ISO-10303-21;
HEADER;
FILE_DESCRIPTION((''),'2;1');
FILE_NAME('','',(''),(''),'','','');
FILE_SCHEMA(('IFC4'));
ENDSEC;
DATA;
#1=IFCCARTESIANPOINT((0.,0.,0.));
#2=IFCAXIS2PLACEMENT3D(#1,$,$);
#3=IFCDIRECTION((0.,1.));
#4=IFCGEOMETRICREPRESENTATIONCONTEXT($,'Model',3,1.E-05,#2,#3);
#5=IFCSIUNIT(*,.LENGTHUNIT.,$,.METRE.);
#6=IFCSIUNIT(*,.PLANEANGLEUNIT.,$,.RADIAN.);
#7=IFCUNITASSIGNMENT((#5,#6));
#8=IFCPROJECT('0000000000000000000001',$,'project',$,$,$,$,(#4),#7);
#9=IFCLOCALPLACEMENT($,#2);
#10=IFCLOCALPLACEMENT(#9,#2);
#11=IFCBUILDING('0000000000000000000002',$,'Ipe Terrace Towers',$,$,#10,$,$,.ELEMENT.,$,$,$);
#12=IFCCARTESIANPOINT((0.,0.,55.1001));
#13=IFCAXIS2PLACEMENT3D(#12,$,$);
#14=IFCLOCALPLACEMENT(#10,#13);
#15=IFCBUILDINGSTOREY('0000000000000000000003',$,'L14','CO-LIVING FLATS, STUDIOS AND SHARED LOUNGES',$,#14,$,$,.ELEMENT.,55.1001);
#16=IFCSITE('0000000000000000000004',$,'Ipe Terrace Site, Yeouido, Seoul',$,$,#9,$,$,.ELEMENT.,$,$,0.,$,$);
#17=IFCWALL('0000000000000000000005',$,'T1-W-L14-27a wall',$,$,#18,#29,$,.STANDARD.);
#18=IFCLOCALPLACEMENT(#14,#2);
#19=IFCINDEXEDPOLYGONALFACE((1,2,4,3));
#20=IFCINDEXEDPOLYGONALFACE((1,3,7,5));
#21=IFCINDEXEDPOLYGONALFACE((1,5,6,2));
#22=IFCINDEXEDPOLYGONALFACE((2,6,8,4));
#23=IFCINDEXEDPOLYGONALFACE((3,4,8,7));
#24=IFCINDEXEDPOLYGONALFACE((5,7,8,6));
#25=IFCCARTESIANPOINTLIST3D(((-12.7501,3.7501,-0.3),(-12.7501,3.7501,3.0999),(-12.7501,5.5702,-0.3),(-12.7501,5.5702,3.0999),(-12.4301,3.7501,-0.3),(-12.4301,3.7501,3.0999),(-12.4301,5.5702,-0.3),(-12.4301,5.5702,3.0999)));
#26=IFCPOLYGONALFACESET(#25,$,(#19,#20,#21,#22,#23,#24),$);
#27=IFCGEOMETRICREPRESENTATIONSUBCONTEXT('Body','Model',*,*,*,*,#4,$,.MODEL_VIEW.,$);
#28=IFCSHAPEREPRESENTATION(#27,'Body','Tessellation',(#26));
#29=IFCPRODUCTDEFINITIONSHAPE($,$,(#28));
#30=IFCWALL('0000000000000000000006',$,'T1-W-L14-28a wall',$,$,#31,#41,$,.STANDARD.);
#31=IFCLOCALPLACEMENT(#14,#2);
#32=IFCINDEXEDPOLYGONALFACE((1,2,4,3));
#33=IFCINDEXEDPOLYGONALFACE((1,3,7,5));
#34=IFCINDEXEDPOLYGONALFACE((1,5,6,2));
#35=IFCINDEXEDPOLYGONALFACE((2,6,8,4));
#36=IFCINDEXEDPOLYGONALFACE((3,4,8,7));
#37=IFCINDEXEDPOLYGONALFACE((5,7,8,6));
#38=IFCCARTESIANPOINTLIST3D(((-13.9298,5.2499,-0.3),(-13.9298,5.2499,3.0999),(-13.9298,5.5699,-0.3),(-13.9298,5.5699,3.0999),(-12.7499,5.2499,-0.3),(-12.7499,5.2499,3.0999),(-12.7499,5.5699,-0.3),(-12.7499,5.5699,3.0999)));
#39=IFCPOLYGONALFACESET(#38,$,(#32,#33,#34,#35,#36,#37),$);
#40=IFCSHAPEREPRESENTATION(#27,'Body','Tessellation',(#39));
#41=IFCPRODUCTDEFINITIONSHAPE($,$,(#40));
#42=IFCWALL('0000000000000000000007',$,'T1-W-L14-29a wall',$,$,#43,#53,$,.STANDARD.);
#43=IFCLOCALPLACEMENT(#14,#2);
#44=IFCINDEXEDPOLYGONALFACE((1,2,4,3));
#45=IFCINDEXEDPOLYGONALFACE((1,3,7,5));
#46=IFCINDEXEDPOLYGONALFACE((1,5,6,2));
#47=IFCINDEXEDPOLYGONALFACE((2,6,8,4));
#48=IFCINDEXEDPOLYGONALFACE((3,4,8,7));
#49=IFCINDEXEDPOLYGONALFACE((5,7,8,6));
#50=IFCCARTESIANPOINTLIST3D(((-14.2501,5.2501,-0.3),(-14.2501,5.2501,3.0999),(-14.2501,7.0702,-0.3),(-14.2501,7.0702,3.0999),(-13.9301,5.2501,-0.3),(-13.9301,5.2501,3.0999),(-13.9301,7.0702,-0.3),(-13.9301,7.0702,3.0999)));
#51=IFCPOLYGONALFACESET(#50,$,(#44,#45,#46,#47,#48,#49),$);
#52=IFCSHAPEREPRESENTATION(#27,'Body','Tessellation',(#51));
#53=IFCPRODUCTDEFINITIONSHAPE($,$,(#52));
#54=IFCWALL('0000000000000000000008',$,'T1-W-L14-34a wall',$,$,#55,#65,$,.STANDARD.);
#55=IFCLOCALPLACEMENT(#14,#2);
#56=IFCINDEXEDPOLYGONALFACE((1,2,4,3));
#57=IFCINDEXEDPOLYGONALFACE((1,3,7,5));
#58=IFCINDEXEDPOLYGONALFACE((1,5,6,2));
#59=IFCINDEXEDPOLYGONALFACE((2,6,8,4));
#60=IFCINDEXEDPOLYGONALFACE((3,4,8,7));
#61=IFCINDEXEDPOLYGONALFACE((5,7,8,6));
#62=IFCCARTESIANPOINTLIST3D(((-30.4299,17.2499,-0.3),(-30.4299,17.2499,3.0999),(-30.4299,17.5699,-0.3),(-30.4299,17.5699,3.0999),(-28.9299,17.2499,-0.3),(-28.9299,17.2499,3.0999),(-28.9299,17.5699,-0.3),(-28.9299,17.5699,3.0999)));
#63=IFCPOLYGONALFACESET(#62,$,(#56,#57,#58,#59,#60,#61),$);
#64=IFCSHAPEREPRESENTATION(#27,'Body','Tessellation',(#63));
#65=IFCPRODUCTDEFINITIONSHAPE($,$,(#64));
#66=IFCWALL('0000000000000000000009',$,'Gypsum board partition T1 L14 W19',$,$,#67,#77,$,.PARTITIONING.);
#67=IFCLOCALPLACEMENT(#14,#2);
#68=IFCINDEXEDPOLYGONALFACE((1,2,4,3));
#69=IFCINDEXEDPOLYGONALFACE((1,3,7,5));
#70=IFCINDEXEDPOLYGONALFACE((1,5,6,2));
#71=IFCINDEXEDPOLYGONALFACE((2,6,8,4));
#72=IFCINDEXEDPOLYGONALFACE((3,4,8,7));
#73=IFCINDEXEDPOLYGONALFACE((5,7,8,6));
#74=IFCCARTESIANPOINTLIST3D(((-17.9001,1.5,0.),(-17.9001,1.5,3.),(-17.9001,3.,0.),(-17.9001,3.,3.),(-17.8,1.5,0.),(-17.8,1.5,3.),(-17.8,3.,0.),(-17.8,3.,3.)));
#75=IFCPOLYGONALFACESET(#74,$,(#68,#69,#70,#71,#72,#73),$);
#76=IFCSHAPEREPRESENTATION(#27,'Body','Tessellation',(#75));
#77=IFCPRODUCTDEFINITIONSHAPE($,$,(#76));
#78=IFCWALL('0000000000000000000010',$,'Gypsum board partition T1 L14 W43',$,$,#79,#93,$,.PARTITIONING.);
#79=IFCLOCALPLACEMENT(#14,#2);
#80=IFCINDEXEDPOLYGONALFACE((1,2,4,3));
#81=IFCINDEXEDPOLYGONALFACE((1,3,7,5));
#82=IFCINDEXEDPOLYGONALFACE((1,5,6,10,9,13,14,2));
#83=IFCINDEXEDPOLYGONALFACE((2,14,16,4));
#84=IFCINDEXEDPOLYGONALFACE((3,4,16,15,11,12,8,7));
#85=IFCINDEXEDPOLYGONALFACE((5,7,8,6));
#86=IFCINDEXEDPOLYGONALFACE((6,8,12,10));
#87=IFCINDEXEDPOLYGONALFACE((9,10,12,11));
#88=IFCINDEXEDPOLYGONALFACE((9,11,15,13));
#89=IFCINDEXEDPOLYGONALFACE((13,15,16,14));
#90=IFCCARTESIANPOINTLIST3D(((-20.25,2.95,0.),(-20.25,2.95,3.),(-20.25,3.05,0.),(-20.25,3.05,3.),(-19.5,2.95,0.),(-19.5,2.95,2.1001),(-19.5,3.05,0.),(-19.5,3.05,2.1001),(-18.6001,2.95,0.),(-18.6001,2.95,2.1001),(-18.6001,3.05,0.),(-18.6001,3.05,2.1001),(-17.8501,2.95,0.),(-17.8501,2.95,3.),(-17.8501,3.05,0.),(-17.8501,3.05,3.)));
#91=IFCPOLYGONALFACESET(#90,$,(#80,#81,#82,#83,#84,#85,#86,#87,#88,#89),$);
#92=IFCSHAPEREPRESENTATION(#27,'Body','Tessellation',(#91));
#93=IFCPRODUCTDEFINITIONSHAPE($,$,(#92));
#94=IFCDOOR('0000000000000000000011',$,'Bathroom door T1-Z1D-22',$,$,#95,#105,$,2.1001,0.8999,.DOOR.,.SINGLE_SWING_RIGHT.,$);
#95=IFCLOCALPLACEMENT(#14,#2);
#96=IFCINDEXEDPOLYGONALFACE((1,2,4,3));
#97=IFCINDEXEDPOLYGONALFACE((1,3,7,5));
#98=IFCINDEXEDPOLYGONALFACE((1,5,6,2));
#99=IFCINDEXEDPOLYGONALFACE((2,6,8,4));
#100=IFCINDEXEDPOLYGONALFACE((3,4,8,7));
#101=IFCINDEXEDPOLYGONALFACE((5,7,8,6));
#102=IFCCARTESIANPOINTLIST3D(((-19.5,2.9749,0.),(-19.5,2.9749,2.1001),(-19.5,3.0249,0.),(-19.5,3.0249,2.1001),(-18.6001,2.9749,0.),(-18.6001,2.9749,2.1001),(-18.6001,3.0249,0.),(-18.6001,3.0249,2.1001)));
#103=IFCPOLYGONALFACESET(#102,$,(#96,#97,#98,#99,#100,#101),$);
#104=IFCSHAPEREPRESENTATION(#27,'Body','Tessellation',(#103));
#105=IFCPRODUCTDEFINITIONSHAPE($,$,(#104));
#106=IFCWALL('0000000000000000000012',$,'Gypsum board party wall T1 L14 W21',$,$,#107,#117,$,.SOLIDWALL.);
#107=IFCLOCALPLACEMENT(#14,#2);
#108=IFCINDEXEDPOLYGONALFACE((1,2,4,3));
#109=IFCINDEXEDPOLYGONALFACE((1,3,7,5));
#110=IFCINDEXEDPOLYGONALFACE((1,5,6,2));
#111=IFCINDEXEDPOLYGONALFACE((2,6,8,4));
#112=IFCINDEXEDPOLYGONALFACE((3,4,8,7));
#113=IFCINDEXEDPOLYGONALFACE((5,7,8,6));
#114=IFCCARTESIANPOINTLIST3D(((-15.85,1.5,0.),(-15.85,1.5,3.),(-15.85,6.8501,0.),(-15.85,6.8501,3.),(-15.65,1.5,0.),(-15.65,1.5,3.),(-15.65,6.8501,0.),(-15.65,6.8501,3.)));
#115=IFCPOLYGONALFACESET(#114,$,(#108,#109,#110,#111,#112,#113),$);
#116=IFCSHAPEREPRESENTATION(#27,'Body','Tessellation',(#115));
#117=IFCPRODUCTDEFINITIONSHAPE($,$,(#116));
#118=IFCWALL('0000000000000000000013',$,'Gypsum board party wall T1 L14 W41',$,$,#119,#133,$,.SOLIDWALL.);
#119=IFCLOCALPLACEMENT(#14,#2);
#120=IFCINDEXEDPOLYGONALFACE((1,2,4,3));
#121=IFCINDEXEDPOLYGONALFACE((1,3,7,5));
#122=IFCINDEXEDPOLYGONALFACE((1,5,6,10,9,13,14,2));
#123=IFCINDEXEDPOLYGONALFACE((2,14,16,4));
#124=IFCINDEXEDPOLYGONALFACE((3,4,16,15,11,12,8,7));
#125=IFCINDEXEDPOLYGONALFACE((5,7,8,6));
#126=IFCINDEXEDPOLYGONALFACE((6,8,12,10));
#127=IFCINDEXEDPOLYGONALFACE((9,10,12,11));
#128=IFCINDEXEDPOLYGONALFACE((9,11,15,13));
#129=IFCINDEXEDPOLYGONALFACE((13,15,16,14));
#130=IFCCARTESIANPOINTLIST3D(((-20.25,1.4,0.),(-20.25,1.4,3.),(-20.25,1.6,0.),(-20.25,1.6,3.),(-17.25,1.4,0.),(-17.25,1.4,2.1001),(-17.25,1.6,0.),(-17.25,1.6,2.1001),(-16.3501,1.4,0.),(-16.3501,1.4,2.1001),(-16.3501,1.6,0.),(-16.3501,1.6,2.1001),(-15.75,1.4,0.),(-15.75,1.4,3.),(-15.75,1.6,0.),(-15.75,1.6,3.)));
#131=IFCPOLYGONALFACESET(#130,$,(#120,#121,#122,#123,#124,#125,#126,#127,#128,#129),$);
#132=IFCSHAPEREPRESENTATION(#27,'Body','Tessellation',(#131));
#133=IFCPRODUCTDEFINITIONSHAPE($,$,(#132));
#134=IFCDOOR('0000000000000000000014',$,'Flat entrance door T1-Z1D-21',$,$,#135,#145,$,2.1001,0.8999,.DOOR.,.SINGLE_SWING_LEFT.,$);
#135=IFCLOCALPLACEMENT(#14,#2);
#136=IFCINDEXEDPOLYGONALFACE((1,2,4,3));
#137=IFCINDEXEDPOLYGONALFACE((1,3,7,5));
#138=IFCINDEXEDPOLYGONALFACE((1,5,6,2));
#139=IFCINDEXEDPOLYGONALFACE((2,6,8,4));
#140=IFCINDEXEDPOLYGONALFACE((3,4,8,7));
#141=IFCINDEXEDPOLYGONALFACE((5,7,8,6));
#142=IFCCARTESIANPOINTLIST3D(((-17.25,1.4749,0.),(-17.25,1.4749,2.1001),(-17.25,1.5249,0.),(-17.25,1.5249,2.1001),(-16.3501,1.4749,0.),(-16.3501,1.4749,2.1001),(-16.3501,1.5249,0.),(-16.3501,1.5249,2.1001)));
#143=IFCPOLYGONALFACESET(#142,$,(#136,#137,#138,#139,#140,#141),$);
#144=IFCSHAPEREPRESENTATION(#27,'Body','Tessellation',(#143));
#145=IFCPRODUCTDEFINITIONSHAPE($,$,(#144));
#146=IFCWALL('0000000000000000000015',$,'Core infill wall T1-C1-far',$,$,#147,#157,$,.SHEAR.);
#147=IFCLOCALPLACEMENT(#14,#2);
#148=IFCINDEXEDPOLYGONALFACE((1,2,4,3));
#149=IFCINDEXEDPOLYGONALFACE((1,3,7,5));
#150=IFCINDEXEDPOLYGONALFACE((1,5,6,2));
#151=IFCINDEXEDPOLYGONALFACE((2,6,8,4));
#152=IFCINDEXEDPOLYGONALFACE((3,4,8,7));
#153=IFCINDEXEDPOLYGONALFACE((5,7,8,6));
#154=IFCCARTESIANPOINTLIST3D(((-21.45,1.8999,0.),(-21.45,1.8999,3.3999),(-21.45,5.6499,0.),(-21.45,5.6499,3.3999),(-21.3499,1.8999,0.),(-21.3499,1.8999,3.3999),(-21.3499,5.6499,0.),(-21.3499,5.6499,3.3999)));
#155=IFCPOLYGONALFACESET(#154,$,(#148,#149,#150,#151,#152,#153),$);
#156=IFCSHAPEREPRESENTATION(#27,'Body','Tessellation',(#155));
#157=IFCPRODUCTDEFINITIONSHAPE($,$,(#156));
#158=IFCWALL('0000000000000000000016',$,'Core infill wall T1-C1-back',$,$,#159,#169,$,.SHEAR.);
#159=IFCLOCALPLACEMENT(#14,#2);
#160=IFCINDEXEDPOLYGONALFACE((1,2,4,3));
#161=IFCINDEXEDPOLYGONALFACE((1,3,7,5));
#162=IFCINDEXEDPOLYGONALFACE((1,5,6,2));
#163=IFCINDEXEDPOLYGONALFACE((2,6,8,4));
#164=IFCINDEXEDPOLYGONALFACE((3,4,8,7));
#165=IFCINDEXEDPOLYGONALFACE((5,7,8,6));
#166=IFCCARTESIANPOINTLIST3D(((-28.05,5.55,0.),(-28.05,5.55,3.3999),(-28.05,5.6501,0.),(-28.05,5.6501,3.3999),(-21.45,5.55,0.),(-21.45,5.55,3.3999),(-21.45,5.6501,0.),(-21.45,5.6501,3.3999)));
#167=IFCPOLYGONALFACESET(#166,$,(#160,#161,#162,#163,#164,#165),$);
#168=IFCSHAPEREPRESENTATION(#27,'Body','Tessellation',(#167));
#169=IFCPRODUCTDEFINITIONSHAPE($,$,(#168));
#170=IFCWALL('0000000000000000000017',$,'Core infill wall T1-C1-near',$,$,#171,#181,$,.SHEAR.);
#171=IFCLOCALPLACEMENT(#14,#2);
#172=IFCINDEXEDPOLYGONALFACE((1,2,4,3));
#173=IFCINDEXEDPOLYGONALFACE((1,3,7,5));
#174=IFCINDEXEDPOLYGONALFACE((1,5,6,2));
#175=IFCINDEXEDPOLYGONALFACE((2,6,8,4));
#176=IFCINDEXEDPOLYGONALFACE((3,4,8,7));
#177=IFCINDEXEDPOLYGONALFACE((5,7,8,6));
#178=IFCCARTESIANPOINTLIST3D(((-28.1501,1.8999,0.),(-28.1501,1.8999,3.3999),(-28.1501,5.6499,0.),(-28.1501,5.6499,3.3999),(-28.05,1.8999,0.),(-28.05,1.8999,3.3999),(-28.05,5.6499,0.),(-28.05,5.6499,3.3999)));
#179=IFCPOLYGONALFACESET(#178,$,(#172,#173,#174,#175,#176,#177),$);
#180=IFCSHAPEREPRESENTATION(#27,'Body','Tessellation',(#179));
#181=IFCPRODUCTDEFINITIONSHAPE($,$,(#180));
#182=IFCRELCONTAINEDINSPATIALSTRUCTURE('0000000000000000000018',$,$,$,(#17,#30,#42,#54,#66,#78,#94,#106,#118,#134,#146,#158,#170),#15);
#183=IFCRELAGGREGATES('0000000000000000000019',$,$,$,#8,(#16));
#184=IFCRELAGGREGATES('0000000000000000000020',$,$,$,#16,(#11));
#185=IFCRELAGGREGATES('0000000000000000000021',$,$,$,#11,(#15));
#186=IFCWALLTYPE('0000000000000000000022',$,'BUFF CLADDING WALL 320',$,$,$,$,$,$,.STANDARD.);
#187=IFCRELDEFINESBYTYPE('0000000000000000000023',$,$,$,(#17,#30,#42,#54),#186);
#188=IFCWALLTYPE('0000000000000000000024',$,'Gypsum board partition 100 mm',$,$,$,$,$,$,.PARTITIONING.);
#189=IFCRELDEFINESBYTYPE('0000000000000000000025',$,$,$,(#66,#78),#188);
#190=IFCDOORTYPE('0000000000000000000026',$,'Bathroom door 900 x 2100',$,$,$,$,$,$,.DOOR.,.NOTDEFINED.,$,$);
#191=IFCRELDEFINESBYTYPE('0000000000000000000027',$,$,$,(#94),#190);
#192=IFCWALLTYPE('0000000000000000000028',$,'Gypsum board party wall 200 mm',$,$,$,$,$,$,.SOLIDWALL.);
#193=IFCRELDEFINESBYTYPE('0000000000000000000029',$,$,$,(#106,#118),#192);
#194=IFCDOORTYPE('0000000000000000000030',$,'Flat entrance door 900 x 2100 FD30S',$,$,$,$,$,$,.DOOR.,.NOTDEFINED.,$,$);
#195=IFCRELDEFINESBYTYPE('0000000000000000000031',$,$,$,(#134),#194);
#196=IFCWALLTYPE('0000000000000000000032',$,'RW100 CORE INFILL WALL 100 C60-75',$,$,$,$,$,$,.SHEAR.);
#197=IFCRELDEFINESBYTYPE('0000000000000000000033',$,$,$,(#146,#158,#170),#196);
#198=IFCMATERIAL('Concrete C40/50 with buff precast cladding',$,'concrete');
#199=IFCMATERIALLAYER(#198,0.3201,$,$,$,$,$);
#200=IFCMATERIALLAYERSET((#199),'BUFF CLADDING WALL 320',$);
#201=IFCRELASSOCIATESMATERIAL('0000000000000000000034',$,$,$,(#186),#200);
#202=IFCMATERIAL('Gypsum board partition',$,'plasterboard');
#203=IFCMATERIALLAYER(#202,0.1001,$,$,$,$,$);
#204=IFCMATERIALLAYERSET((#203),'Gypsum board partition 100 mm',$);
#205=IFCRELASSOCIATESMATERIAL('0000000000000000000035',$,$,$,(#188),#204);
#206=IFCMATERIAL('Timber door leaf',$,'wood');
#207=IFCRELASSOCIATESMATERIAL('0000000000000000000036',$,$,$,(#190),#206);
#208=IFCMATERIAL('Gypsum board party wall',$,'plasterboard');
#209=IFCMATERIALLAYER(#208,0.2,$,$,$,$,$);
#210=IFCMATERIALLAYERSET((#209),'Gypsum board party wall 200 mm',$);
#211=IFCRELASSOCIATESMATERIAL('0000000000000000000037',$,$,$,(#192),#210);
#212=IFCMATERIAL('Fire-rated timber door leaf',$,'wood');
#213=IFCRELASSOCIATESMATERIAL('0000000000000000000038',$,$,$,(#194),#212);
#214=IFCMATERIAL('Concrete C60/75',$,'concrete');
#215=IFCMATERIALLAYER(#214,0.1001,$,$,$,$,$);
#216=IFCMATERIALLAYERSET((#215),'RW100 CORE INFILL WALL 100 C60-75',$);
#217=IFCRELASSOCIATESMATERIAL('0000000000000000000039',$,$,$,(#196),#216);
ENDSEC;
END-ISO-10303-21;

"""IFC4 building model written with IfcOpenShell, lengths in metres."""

from ifc_helpers import new_model, si_unit, direction, frame, frame_2d, origin, place, context, subcontext, project, spatial, rectangle, extrude, material, layer, layer_set, type_object, element, fill, save


model = new_model("IFC4")

# Units and contexts
model_context = context("Model", 3, precision=1e-05, world=origin(), true_north=direction((0.0, 1.0)))
body_context = subcontext(model_context, "Body", "Model", "MODEL_VIEW")
ifc_project = project(units=[si_unit("LENGTHUNIT", "METRE"), si_unit("PLANEANGLEUNIT", "RADIAN")], contexts=[model_context])

# Site, building, storey
site_placement = place(None, origin())
site = spatial("IfcSite", under=ifc_project, at=site_placement, Name="Ipe Terrace Site, Yeouido, Seoul", CompositionType="ELEMENT", RefElevation=0.0)
building_placement = place(site_placement, origin())
building = spatial("IfcBuilding", under=site, at=building_placement, Name="Ipe Terrace Towers", CompositionType="ELEMENT")
storey_placement = place(building_placement, frame((0.0, 0.0, 55.1001)))
storey = spatial("IfcBuildingStorey", under=building, at=storey_placement, Name="L14", Description="CO-LIVING FLATS, STUDIOS AND SHARED LOUNGES", CompositionType="ELEMENT", Elevation=55.1001)

# Walls
ifc_material_1 = material(Name="Concrete C40/50 with buff precast cladding", Category="concrete")
ifc_layer_1 = layer(ifc_material_1, 0.3201)
ifc_layer_set_1 = layer_set([ifc_layer_1], Name="BUFF CLADDING WALL 320")
wall_type_1 = type_object("IfcWallType", Name="BUFF CLADDING WALL 320", PredefinedType="STANDARD", material=ifc_layer_set_1)
wall_1_placement = place(storey_placement, frame((-12.5901, 3.75, -0.3), z_axis=(0.0, 0.0, 1.0), x_axis=(0.0, 1.0, 0.0)))
element("IfcWall", 1, at=wall_1_placement, inside=storey, type_object=wall_type_1, Name="T1-W-L14-27a wall", PredefinedType="STANDARD", context=body_context, shape_type="SweptSolid", body=[
    extrude(rectangle(XDim=1.8201, YDim=0.3201, at=frame_2d((0.9102, 0.0))), origin(), (0.0, 0.0, 1.0), 3.3999),
])
wall_2_placement = place(storey_placement, frame((-12.75, 5.4099, -0.3), z_axis=(0.0, 0.0, 1.0), x_axis=(-1.0, 0.0, 0.0)))
element("IfcWall", 2, at=wall_2_placement, inside=storey, type_object=wall_type_1, Name="T1-W-L14-28a wall", PredefinedType="STANDARD", context=body_context, shape_type="SweptSolid", body=[
    extrude(rectangle(XDim=1.1799, YDim=0.3201, at=frame_2d((0.5898, 0.0))), origin(), (0.0, 0.0, 1.0), 3.3999),
])
wall_3_placement = place(storey_placement, frame((-14.0901, 5.25, -0.3), z_axis=(0.0, 0.0, 1.0), x_axis=(0.0, 1.0, 0.0)))
element("IfcWall", 3, at=wall_3_placement, inside=storey, type_object=wall_type_1, Name="T1-W-L14-29a wall", PredefinedType="STANDARD", context=body_context, shape_type="SweptSolid", body=[
    extrude(rectangle(XDim=1.8201, YDim=0.3201, at=frame_2d((0.9102, 0.0))), origin(), (0.0, 0.0, 1.0), 3.3999),
])
wall_4_placement = place(storey_placement, frame((-28.9299, 17.4099, -0.3), z_axis=(0.0, 0.0, 1.0), x_axis=(-1.0, 0.0, 0.0)))
element("IfcWall", 4, at=wall_4_placement, inside=storey, type_object=wall_type_1, Name="T1-W-L14-34a wall", PredefinedType="STANDARD", context=body_context, shape_type="SweptSolid", body=[
    extrude(rectangle(XDim=1.5, YDim=0.3201, at=frame_2d((0.75, 0.0))), origin(), (0.0, 0.0, 1.0), 3.3999),
])
ifc_material_2 = material(Name="Gypsum board partition", Category="plasterboard")
ifc_layer_2 = layer(ifc_material_2, 0.1001)
ifc_layer_set_2 = layer_set([ifc_layer_2], Name="Gypsum board partition 100 mm")
wall_type_2 = type_object("IfcWallType", Name="Gypsum board partition 100 mm", PredefinedType="PARTITIONING", material=ifc_layer_set_2)
wall_5_placement = place(storey_placement, frame((-17.8501, 1.5, 0.0), z_axis=(0.0, 0.0, 1.0), x_axis=(0.0, 1.0, 0.0)))
element("IfcWall", 5, at=wall_5_placement, inside=storey, type_object=wall_type_2, Name="Gypsum board partition T1 L14 W19", PredefinedType="PARTITIONING", context=body_context, shape_type="SweptSolid", body=[
    extrude(rectangle(XDim=1.5, YDim=0.1001, at=frame_2d((0.75, 0.0))), origin(), (0.0, 0.0, 1.0), 3.0),
])

# Wall, opening, door
wall_6_placement = place(storey_placement, frame((-20.25, 3.0, 0.0), z_axis=(0.0, 0.0, 1.0), x_axis=(1.0, 0.0, 0.0)))
wall_6 = element("IfcWall", 6, at=wall_6_placement, inside=storey, type_object=wall_type_2, Name="Gypsum board partition T1 L14 W43", PredefinedType="PARTITIONING", context=body_context, shape_type="SweptSolid", body=[
    extrude(rectangle(XDim=2.3999, YDim=0.1001, at=frame_2d((1.2, 0.0))), origin(), (0.0, 0.0, 1.0), 3.0),
])
opening_1_placement = place(wall_6_placement, frame((0.75, 0.0, 0.0)))
opening_1 = element("IfcOpeningElement", 7, at=opening_1_placement, cuts=wall_6, PredefinedType="OPENING", context=body_context, shape_type="SweptSolid", body=[
    extrude(rectangle(XDim=0.8999, YDim=2.1001, at=frame_2d((0.45, 1.05))), frame((0.0, 0.0601, 0.0), z_axis=(0.0, -1.0, 0.0), x_axis=(1.0, 0.0, 0.0)), (0.0, 0.0, 1.0), 0.1201),
])
ifc_material_3 = material(Name="Timber door leaf", Category="wood")
door_type_1 = type_object("IfcDoorType", Name="Bathroom door 900 x 2100", OperationType="NOTDEFINED", PredefinedType="DOOR", material=ifc_material_3)
door_1_placement = place(opening_1_placement, origin())
door_1 = element("IfcDoor", 8, at=door_1_placement, inside=storey, type_object=door_type_1, Name="Bathroom door T1-Z1D-22", OperationType="SINGLE_SWING_RIGHT", OverallHeight=2.1001, OverallWidth=0.8999, PredefinedType="DOOR", context=body_context, shape_type="SweptSolid", body=[
    extrude(rectangle(XDim=0.8999, YDim=2.1001, at=frame_2d((0.45, 1.05))), frame((0.0, 0.0249, 0.0), z_axis=(0.0, -1.0, 0.0), x_axis=(1.0, 0.0, 0.0)), (0.0, 0.0, 1.0), 0.05),
])
fill(opening_1, door_1)

# Wall
ifc_material_4 = material(Name="Gypsum board party wall", Category="plasterboard")
ifc_layer_3 = layer(ifc_material_4, 0.2)
ifc_layer_set_3 = layer_set([ifc_layer_3], Name="Gypsum board party wall 200 mm")
wall_type_3 = type_object("IfcWallType", Name="Gypsum board party wall 200 mm", PredefinedType="SOLIDWALL", material=ifc_layer_set_3)
wall_7_placement = place(storey_placement, frame((-15.75, 1.5, 0.0), z_axis=(0.0, 0.0, 1.0), x_axis=(0.0, 1.0, 0.0)))
element("IfcWall", 9, at=wall_7_placement, inside=storey, type_object=wall_type_3, Name="Gypsum board party wall T1 L14 W21", PredefinedType="SOLIDWALL", context=body_context, shape_type="SweptSolid", body=[
    extrude(rectangle(XDim=5.3501, YDim=0.2, at=frame_2d((2.675, 0.0))), origin(), (0.0, 0.0, 1.0), 3.0),
])

# Wall, opening, door
wall_8_placement = place(storey_placement, frame((-20.25, 1.5, 0.0), z_axis=(0.0, 0.0, 1.0), x_axis=(1.0, 0.0, 0.0)))
wall_8 = element("IfcWall", 10, at=wall_8_placement, inside=storey, type_object=wall_type_3, Name="Gypsum board party wall T1 L14 W41", PredefinedType="SOLIDWALL", context=body_context, shape_type="SweptSolid", body=[
    extrude(rectangle(XDim=4.5, YDim=0.2, at=frame_2d((2.25, 0.0))), origin(), (0.0, 0.0, 1.0), 3.0),
])
opening_2_placement = place(wall_8_placement, frame((3.0, 0.0, 0.0)))
opening_2 = element("IfcOpeningElement", 11, at=opening_2_placement, cuts=wall_8, PredefinedType="OPENING", context=body_context, shape_type="SweptSolid", body=[
    extrude(rectangle(XDim=0.8999, YDim=2.1001, at=frame_2d((0.45, 1.05))), frame((0.0, 0.1099, 0.0), z_axis=(0.0, -1.0, 0.0), x_axis=(1.0, 0.0, 0.0)), (0.0, 0.0, 1.0), 0.22),
])
ifc_material_5 = material(Name="Fire-rated timber door leaf", Category="wood")
door_type_2 = type_object("IfcDoorType", Name="Flat entrance door 900 x 2100 FD30S", OperationType="NOTDEFINED", PredefinedType="DOOR", material=ifc_material_5)
door_2_placement = place(opening_2_placement, origin())
door_2 = element("IfcDoor", 12, at=door_2_placement, inside=storey, type_object=door_type_2, Name="Flat entrance door T1-Z1D-21", OperationType="SINGLE_SWING_LEFT", OverallHeight=2.1001, OverallWidth=0.8999, PredefinedType="DOOR", context=body_context, shape_type="SweptSolid", body=[
    extrude(rectangle(XDim=0.8999, YDim=2.1001, at=frame_2d((0.45, 1.05))), frame((0.0, 0.0249, 0.0), z_axis=(0.0, -1.0, 0.0), x_axis=(1.0, 0.0, 0.0)), (0.0, 0.0, 1.0), 0.05),
])
fill(opening_2, door_2)

# Walls
ifc_material_6 = material(Name="Concrete C60/75", Category="concrete")
ifc_layer_4 = layer(ifc_material_6, 0.1001)
ifc_layer_set_4 = layer_set([ifc_layer_4], Name="RW100 CORE INFILL WALL 100 C60-75")
wall_type_4 = type_object("IfcWallType", Name="RW100 CORE INFILL WALL 100 C60-75", PredefinedType="SHEAR", material=ifc_layer_set_4)
wall_9_placement = place(storey_placement, frame((-21.3999, 1.8999, 0.0), z_axis=(0.0, 0.0, 1.0), x_axis=(0.0, 1.0, 0.0)))
element("IfcWall", 13, at=wall_9_placement, inside=storey, type_object=wall_type_4, Name="Core infill wall T1-C1-far", PredefinedType="SHEAR", context=body_context, shape_type="SweptSolid", body=[
    extrude(rectangle(XDim=3.75, YDim=0.1001, at=frame_2d((1.875, 0.0))), origin(), (0.0, 0.0, 1.0), 3.3999),
])
wall_10_placement = place(storey_placement, frame((-28.05, 5.6001, 0.0), z_axis=(0.0, 0.0, 1.0), x_axis=(1.0, 0.0, 0.0)))
element("IfcWall", 14, at=wall_10_placement, inside=storey, type_object=wall_type_4, Name="Core infill wall T1-C1-back", PredefinedType="SHEAR", context=body_context, shape_type="SweptSolid", body=[
    extrude(rectangle(XDim=6.6001, YDim=0.1001, at=frame_2d((3.3, 0.0))), origin(), (0.0, 0.0, 1.0), 3.3999),
])
wall_11_placement = place(storey_placement, frame((-28.1001, 1.8999, 0.0), z_axis=(0.0, 0.0, 1.0), x_axis=(0.0, 1.0, 0.0)))
element("IfcWall", 15, at=wall_11_placement, inside=storey, type_object=wall_type_4, Name="Core infill wall T1-C1-near", PredefinedType="SHEAR", context=body_context, shape_type="SweptSolid", body=[
    extrude(rectangle(XDim=3.75, YDim=0.1001, at=frame_2d((1.875, 0.0))), origin(), (0.0, 0.0, 1.0), 3.3999),
])

save(model, "model.ifc")
